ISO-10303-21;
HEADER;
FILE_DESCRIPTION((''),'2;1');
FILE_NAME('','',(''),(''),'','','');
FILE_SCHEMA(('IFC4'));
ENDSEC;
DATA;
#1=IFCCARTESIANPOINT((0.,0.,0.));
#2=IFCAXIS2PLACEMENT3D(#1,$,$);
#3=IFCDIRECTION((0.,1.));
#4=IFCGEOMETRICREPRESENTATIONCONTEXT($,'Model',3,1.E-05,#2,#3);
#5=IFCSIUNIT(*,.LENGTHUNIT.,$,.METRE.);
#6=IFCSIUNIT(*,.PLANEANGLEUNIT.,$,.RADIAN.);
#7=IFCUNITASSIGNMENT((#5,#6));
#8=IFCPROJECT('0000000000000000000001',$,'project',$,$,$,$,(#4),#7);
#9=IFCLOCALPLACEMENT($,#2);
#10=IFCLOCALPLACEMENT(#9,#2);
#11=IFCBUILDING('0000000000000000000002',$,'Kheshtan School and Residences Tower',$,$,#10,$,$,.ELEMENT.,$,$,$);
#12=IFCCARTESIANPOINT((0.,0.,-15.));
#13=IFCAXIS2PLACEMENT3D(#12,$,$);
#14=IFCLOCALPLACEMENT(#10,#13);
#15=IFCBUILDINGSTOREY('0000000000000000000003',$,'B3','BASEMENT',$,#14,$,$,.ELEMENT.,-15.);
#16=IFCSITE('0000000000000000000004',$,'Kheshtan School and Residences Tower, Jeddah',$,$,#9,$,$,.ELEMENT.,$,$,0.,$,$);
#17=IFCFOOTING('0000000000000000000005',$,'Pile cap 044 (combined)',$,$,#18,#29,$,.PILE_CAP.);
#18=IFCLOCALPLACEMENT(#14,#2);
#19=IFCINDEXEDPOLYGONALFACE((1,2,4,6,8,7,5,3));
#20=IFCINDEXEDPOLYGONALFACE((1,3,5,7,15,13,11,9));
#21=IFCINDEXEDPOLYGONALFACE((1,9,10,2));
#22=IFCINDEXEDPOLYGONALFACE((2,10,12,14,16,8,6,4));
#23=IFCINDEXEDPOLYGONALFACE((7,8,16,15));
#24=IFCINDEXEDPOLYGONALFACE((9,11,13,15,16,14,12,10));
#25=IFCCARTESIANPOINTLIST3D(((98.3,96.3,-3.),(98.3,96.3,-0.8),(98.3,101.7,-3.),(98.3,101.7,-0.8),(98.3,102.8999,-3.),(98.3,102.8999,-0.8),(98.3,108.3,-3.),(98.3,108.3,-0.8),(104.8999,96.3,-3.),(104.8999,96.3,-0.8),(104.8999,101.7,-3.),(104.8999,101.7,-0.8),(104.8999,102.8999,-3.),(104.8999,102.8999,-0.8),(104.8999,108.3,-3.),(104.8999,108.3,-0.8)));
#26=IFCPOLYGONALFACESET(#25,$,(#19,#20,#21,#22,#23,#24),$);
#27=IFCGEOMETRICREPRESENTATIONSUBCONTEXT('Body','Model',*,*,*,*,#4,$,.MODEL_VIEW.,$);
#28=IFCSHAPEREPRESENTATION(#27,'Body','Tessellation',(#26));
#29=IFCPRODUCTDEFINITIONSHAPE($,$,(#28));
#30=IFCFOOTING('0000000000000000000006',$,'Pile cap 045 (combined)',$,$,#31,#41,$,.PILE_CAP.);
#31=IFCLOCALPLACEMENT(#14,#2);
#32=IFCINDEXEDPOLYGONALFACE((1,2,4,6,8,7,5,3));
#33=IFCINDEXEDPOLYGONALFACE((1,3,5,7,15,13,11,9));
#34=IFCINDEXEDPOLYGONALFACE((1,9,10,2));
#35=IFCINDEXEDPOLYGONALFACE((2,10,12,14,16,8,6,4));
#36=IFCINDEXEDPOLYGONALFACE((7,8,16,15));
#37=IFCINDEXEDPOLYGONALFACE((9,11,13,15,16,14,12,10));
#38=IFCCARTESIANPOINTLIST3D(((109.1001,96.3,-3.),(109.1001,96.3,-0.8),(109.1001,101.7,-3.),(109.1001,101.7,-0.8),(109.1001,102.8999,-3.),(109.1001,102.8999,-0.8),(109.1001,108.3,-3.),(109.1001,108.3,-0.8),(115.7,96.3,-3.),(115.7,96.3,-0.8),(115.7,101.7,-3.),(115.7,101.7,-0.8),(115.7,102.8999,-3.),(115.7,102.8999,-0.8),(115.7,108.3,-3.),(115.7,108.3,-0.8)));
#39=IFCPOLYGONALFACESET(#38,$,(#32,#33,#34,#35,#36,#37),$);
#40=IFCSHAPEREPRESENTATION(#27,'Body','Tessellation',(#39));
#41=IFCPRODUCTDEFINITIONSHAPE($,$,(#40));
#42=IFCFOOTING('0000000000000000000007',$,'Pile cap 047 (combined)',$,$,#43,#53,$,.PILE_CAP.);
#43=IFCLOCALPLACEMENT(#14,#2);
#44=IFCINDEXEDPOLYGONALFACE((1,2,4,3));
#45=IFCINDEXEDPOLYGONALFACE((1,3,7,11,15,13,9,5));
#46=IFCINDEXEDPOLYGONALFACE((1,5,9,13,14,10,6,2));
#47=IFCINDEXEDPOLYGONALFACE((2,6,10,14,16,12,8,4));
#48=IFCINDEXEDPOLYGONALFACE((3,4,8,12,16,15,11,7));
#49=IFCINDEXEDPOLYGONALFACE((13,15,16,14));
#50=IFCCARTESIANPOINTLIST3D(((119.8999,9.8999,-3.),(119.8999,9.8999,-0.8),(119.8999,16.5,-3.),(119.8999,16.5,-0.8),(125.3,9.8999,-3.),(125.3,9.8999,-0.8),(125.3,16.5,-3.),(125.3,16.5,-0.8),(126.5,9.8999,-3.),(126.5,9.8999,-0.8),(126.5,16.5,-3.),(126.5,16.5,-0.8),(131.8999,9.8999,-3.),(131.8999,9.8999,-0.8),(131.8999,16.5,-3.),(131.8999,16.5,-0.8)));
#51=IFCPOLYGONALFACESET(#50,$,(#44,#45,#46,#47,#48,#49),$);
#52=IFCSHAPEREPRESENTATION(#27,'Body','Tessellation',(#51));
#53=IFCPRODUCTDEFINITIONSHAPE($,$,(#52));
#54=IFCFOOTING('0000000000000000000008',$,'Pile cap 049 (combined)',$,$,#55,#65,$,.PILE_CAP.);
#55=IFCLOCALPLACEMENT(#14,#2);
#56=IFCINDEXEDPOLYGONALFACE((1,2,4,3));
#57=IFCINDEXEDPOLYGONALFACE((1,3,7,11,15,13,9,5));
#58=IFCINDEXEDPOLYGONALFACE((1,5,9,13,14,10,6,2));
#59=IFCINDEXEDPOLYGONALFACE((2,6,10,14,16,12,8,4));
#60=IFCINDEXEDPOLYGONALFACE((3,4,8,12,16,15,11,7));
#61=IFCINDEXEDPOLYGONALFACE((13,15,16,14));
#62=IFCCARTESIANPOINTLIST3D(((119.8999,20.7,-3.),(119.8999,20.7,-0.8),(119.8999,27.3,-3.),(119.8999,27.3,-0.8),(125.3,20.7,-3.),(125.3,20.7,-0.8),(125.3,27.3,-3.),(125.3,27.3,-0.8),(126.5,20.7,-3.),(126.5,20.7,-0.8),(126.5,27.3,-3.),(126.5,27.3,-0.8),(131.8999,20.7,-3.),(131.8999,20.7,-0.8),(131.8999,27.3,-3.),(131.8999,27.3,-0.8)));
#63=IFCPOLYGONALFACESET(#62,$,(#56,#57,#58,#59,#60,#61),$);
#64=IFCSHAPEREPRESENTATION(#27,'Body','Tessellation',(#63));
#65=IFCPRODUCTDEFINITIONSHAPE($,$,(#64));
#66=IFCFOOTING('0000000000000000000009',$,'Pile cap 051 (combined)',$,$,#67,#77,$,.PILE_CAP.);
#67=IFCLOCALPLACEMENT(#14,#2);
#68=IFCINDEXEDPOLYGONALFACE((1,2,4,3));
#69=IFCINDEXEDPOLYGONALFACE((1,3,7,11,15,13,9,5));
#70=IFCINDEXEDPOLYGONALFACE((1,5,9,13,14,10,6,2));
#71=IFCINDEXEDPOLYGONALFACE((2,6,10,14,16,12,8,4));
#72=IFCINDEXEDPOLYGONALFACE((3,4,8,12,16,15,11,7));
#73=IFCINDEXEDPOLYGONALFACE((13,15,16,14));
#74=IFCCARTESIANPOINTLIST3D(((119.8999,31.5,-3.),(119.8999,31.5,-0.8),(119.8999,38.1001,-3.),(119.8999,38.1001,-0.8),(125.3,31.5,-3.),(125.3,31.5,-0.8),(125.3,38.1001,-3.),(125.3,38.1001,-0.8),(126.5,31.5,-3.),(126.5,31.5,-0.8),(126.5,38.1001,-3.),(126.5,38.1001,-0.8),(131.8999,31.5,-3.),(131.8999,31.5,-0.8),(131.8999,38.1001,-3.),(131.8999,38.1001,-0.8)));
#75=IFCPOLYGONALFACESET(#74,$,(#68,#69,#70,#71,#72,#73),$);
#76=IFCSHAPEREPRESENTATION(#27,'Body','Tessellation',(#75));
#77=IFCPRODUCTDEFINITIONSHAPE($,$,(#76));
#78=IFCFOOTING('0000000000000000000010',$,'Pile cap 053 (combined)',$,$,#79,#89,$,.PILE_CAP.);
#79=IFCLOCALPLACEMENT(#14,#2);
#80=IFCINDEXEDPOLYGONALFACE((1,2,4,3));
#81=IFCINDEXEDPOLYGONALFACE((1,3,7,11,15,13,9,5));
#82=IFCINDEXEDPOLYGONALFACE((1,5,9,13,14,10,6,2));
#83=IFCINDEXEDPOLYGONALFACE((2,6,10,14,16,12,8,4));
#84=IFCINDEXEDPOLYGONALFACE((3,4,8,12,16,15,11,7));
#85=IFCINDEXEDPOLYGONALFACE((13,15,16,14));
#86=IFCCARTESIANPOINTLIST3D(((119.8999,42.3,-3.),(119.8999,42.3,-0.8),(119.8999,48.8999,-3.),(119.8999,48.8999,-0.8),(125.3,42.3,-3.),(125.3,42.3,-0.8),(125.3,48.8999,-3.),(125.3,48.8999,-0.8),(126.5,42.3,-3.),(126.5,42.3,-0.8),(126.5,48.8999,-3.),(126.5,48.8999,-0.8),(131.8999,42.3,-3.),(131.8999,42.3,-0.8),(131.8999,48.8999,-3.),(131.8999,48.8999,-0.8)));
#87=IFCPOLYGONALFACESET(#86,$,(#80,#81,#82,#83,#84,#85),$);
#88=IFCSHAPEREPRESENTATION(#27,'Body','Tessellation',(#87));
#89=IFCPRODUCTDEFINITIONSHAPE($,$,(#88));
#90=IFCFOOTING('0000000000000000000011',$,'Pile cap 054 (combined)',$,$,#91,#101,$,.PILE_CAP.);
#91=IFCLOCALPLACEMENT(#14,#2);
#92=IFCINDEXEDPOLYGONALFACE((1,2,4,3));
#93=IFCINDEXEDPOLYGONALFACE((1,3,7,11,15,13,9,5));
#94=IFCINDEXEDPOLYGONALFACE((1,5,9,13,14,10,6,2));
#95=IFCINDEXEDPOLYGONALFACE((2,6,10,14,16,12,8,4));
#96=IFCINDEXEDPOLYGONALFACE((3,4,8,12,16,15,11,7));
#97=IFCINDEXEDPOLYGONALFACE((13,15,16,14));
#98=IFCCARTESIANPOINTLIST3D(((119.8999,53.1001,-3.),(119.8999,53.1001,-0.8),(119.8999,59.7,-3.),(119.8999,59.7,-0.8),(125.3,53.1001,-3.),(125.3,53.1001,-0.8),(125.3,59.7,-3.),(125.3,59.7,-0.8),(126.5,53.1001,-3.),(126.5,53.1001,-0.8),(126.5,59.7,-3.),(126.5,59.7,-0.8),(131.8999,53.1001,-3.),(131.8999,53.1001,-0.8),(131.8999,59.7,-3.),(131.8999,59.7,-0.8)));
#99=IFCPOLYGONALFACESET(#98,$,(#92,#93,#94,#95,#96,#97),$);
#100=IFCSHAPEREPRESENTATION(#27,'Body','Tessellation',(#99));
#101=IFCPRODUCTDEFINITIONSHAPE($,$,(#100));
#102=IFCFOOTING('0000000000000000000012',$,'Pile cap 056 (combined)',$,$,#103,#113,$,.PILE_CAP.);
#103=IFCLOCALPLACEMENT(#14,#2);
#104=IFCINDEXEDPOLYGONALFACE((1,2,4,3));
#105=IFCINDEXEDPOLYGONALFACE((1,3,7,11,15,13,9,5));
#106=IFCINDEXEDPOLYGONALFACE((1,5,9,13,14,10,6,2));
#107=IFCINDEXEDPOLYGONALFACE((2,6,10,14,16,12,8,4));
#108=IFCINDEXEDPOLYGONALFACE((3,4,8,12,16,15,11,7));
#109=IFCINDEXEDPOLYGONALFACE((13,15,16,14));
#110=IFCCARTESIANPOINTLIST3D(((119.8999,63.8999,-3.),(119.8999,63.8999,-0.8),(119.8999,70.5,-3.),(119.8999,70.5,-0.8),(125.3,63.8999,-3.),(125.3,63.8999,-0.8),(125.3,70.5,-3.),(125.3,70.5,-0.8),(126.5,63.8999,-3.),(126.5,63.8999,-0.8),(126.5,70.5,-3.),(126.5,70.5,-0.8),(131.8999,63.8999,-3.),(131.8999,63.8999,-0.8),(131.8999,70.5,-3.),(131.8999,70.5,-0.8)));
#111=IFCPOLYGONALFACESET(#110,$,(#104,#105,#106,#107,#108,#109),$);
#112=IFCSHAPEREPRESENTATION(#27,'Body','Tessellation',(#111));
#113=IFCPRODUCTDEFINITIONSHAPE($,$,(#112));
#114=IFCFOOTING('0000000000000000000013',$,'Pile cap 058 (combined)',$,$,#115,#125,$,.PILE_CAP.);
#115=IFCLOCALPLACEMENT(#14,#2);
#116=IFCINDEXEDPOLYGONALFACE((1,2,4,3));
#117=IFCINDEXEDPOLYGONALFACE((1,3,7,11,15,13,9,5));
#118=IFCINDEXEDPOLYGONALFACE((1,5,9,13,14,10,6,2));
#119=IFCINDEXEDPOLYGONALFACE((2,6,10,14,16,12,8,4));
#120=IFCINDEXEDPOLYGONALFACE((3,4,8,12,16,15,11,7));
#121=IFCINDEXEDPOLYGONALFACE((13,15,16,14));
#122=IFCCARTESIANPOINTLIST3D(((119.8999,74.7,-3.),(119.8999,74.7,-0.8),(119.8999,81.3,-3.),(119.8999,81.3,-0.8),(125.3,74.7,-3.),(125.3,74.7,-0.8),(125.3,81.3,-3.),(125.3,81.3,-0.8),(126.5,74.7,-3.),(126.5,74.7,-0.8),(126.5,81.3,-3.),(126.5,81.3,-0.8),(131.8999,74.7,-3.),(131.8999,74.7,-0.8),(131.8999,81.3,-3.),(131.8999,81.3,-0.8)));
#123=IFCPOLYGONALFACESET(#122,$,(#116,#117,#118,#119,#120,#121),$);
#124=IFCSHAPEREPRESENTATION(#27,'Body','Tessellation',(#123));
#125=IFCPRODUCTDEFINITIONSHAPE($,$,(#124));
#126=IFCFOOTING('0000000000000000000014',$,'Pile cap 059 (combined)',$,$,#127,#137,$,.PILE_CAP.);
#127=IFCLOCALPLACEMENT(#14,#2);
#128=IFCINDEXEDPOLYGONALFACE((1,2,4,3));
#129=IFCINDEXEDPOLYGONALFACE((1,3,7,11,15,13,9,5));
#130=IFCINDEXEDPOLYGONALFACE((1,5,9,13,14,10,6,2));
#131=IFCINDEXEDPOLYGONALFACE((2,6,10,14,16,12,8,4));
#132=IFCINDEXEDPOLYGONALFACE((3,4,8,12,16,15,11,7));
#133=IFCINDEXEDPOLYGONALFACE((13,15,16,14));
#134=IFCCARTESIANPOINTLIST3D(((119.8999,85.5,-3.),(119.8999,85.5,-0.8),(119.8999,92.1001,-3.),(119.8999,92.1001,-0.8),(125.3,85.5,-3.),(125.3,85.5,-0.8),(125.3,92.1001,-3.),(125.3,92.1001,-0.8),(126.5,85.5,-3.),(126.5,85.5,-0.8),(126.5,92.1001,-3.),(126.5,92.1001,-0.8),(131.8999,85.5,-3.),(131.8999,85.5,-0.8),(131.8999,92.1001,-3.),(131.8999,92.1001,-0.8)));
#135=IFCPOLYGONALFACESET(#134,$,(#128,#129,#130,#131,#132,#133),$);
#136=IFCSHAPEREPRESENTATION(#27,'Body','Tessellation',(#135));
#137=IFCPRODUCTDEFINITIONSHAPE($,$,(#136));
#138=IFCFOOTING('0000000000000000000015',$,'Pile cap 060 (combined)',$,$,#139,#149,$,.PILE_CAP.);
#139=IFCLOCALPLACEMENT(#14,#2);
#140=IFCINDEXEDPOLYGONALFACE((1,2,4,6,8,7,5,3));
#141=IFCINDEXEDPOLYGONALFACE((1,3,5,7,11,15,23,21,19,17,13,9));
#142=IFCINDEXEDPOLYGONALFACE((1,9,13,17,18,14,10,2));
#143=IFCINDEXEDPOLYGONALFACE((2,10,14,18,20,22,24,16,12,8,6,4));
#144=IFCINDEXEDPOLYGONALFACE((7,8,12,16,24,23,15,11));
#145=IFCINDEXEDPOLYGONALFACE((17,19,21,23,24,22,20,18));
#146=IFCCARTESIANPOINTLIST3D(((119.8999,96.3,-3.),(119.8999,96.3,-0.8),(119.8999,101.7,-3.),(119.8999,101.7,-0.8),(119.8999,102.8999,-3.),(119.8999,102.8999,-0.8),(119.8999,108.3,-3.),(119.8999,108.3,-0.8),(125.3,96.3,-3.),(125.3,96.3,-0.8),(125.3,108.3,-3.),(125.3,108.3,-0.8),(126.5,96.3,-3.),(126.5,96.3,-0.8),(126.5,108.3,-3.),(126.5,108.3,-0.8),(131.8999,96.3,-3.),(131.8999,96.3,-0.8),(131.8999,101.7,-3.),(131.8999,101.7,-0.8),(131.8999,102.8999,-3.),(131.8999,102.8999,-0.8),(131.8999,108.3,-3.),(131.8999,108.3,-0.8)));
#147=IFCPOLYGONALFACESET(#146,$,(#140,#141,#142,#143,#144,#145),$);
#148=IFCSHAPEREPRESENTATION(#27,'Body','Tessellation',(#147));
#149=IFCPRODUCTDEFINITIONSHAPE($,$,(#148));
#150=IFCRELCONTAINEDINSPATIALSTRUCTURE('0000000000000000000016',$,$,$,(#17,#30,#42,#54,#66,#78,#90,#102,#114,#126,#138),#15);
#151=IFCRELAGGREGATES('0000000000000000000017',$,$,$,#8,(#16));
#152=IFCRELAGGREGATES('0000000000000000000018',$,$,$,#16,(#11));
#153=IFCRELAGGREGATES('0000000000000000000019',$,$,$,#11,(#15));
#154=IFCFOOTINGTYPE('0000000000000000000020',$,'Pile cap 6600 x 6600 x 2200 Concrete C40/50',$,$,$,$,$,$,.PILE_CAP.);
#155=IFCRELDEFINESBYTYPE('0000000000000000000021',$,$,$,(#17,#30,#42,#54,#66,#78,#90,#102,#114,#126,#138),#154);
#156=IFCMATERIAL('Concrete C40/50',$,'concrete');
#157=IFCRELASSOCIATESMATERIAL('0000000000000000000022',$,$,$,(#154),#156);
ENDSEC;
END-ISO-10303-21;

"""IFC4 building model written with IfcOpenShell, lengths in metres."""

from ifc_helpers import new_model, si_unit, direction, frame, origin, place, context, subcontext, project, spatial, polyline, outline, extrude, material, type_object, element, save


model = new_model("IFC4")

# Units and contexts
model_context = context("Model", 3, precision=1e-05, world=origin(), true_north=direction((0.0, 1.0)))
body_context = subcontext(model_context, "Body", "Model", "MODEL_VIEW")
ifc_project = project(units=[si_unit("LENGTHUNIT", "METRE"), si_unit("PLANEANGLEUNIT", "RADIAN")], contexts=[model_context])

# Site, building, storey
site_placement = place(None, origin())
site = spatial("IfcSite", under=ifc_project, at=site_placement, Name="Kheshtan School and Residences Tower, Jeddah", CompositionType="ELEMENT", RefElevation=0.0)
building_placement = place(site_placement, origin())
building = spatial("IfcBuilding", under=site, at=building_placement, Name="Kheshtan School and Residences Tower", CompositionType="ELEMENT")
storey_placement = place(building_placement, frame((0.0, 0.0, -15.0)))
storey = spatial("IfcBuildingStorey", under=building, at=storey_placement, Name="B3", Description="BASEMENT", CompositionType="ELEMENT", Elevation=-15.0)

# Footings
ifc_material_1 = material(Name="Concrete C40/50", Category="concrete")
footing_type_1 = type_object("IfcFootingType", Name="Pile cap 6600 x 6600 x 2200 Concrete C40/50", PredefinedType="PILE_CAP", material=ifc_material_1)
footing_1_placement = place(storey_placement, frame((0.0, 0.0, -3.0)))
element("IfcFooting", 1, at=footing_1_placement, inside=storey, type_object=footing_type_1, Name="Pile cap 044 (combined)", PredefinedType="PILE_CAP", context=body_context, shape_type="SweptSolid", body=[
    extrude(outline(polyline([(98.3, 102.8999), (98.3, 108.3), (104.8999, 108.3), (104.8999, 102.8999), (104.8999, 101.7), (104.8999, 96.3), (98.3, 96.3), (98.3, 101.7), (98.3, 102.8999)])), origin(), (0.0, 0.0, 1.0), 2.2),
])
footing_2_placement = place(storey_placement, frame((0.0, 0.0, -3.0)))
element("IfcFooting", 2, at=footing_2_placement, inside=storey, type_object=footing_type_1, Name="Pile cap 045 (combined)", PredefinedType="PILE_CAP", context=body_context, shape_type="SweptSolid", body=[
    extrude(outline(polyline([(109.1001, 102.8999), (109.1001, 108.3), (115.7, 108.3), (115.7, 102.8999), (115.7, 101.7), (115.7, 96.3), (109.1001, 96.3), (109.1001, 101.7), (109.1001, 102.8999)])), origin(), (0.0, 0.0, 1.0), 2.2),
])
footing_3_placement = place(storey_placement, frame((0.0, 0.0, -3.0)))
element("IfcFooting", 3, at=footing_3_placement, inside=storey, type_object=footing_type_1, Name="Pile cap 047 (combined)", PredefinedType="PILE_CAP", context=body_context, shape_type="SweptSolid", body=[
    extrude(outline(polyline([(119.8999, 16.5), (125.3, 16.5), (126.5, 16.5), (131.8999, 16.5), (131.8999, 9.8999), (126.5, 9.8999), (125.3, 9.8999), (119.8999, 9.8999), (119.8999, 16.5)])), origin(), (0.0, 0.0, 1.0), 2.2),
])
footing_4_placement = place(storey_placement, frame((0.0, 0.0, -3.0)))
element("IfcFooting", 4, at=footing_4_placement, inside=storey, type_object=footing_type_1, Name="Pile cap 049 (combined)", PredefinedType="PILE_CAP", context=body_context, shape_type="SweptSolid", body=[
    extrude(outline(polyline([(125.3, 27.3), (126.5, 27.3), (131.8999, 27.3), (131.8999, 20.7), (126.5, 20.7), (125.3, 20.7), (119.8999, 20.7), (119.8999, 27.3), (125.3, 27.3)])), origin(), (0.0, 0.0, 1.0), 2.2),
])
footing_5_placement = place(storey_placement, frame((0.0, 0.0, -3.0)))
element("IfcFooting", 5, at=footing_5_placement, inside=storey, type_object=footing_type_1, Name="Pile cap 051 (combined)", PredefinedType="PILE_CAP", context=body_context, shape_type="SweptSolid", body=[
    extrude(outline(polyline([(125.3, 31.5), (119.8999, 31.5), (119.8999, 38.1001), (125.3, 38.1001), (126.5, 38.1001), (131.8999, 38.1001), (131.8999, 31.5), (126.5, 31.5), (125.3, 31.5)])), origin(), (0.0, 0.0, 1.0), 2.2),
])
footing_6_placement = place(storey_placement, frame((0.0, 0.0, -3.0)))
element("IfcFooting", 6, at=footing_6_placement, inside=storey, type_object=footing_type_1, Name="Pile cap 053 (combined)", PredefinedType="PILE_CAP", context=body_context, shape_type="SweptSolid", body=[
    extrude(outline(polyline([(119.8999, 42.3), (119.8999, 48.8999), (125.3, 48.8999), (126.5, 48.8999), (131.8999, 48.8999), (131.8999, 42.3), (126.5, 42.3), (125.3, 42.3), (119.8999, 42.3)])), origin(), (0.0, 0.0, 1.0), 2.2),
])
footing_7_placement = place(storey_placement, frame((0.0, 0.0, -3.0)))
element("IfcFooting", 7, at=footing_7_placement, inside=storey, type_object=footing_type_1, Name="Pile cap 054 (combined)", PredefinedType="PILE_CAP", context=body_context, shape_type="SweptSolid", body=[
    extrude(outline(polyline([(131.8999, 53.1001), (126.5, 53.1001), (125.3, 53.1001), (119.8999, 53.1001), (119.8999, 59.7), (125.3, 59.7), (126.5, 59.7), (131.8999, 59.7), (131.8999, 53.1001)])), origin(), (0.0, 0.0, 1.0), 2.2),
])
footing_8_placement = place(storey_placement, frame((0.0, 0.0, -3.0)))
element("IfcFooting", 8, at=footing_8_placement, inside=storey, type_object=footing_type_1, Name="Pile cap 056 (combined)", PredefinedType="PILE_CAP", context=body_context, shape_type="SweptSolid", body=[
    extrude(outline(polyline([(119.8999, 70.5), (125.3, 70.5), (126.5, 70.5), (131.8999, 70.5), (131.8999, 63.8999), (126.5, 63.8999), (125.3, 63.8999), (119.8999, 63.8999), (119.8999, 70.5)])), origin(), (0.0, 0.0, 1.0), 2.2),
])
footing_9_placement = place(storey_placement, frame((0.0, 0.0, -3.0)))
element("IfcFooting", 9, at=footing_9_placement, inside=storey, type_object=footing_type_1, Name="Pile cap 058 (combined)", PredefinedType="PILE_CAP", context=body_context, shape_type="SweptSolid", body=[
    extrude(outline(polyline([(119.8999, 74.7), (119.8999, 81.3), (125.3, 81.3), (126.5, 81.3), (131.8999, 81.3), (131.8999, 74.7), (126.5, 74.7), (125.3, 74.7), (119.8999, 74.7)])), origin(), (0.0, 0.0, 1.0), 2.2),
])
footing_10_placement = place(storey_placement, frame((0.0, 0.0, -3.0)))
element("IfcFooting", 10, at=footing_10_placement, inside=storey, type_object=footing_type_1, Name="Pile cap 059 (combined)", PredefinedType="PILE_CAP", context=body_context, shape_type="SweptSolid", body=[
    extrude(outline(polyline([(125.3, 92.1001), (126.5, 92.1001), (131.8999, 92.1001), (131.8999, 85.5), (126.5, 85.5), (125.3, 85.5), (119.8999, 85.5), (119.8999, 92.1001), (125.3, 92.1001)])), origin(), (0.0, 0.0, 1.0), 2.2),
])
footing_11_placement = place(storey_placement, frame((0.0, 0.0, -3.0)))
element("IfcFooting", 11, at=footing_11_placement, inside=storey, type_object=footing_type_1, Name="Pile cap 060 (combined)", PredefinedType="PILE_CAP", context=body_context, shape_type="SweptSolid", body=[
    extrude(outline(polyline([(126.5, 108.3), (131.8999, 108.3), (131.8999, 102.8999), (131.8999, 101.7), (131.8999, 96.3), (126.5, 96.3), (125.3, 96.3), (119.8999, 96.3), (119.8999, 101.7), (119.8999, 102.8999), (119.8999, 108.3), (125.3, 108.3), (126.5, 108.3)])), origin(), (0.0, 0.0, 1.0), 2.2),
])

save(model, "model.ifc")
